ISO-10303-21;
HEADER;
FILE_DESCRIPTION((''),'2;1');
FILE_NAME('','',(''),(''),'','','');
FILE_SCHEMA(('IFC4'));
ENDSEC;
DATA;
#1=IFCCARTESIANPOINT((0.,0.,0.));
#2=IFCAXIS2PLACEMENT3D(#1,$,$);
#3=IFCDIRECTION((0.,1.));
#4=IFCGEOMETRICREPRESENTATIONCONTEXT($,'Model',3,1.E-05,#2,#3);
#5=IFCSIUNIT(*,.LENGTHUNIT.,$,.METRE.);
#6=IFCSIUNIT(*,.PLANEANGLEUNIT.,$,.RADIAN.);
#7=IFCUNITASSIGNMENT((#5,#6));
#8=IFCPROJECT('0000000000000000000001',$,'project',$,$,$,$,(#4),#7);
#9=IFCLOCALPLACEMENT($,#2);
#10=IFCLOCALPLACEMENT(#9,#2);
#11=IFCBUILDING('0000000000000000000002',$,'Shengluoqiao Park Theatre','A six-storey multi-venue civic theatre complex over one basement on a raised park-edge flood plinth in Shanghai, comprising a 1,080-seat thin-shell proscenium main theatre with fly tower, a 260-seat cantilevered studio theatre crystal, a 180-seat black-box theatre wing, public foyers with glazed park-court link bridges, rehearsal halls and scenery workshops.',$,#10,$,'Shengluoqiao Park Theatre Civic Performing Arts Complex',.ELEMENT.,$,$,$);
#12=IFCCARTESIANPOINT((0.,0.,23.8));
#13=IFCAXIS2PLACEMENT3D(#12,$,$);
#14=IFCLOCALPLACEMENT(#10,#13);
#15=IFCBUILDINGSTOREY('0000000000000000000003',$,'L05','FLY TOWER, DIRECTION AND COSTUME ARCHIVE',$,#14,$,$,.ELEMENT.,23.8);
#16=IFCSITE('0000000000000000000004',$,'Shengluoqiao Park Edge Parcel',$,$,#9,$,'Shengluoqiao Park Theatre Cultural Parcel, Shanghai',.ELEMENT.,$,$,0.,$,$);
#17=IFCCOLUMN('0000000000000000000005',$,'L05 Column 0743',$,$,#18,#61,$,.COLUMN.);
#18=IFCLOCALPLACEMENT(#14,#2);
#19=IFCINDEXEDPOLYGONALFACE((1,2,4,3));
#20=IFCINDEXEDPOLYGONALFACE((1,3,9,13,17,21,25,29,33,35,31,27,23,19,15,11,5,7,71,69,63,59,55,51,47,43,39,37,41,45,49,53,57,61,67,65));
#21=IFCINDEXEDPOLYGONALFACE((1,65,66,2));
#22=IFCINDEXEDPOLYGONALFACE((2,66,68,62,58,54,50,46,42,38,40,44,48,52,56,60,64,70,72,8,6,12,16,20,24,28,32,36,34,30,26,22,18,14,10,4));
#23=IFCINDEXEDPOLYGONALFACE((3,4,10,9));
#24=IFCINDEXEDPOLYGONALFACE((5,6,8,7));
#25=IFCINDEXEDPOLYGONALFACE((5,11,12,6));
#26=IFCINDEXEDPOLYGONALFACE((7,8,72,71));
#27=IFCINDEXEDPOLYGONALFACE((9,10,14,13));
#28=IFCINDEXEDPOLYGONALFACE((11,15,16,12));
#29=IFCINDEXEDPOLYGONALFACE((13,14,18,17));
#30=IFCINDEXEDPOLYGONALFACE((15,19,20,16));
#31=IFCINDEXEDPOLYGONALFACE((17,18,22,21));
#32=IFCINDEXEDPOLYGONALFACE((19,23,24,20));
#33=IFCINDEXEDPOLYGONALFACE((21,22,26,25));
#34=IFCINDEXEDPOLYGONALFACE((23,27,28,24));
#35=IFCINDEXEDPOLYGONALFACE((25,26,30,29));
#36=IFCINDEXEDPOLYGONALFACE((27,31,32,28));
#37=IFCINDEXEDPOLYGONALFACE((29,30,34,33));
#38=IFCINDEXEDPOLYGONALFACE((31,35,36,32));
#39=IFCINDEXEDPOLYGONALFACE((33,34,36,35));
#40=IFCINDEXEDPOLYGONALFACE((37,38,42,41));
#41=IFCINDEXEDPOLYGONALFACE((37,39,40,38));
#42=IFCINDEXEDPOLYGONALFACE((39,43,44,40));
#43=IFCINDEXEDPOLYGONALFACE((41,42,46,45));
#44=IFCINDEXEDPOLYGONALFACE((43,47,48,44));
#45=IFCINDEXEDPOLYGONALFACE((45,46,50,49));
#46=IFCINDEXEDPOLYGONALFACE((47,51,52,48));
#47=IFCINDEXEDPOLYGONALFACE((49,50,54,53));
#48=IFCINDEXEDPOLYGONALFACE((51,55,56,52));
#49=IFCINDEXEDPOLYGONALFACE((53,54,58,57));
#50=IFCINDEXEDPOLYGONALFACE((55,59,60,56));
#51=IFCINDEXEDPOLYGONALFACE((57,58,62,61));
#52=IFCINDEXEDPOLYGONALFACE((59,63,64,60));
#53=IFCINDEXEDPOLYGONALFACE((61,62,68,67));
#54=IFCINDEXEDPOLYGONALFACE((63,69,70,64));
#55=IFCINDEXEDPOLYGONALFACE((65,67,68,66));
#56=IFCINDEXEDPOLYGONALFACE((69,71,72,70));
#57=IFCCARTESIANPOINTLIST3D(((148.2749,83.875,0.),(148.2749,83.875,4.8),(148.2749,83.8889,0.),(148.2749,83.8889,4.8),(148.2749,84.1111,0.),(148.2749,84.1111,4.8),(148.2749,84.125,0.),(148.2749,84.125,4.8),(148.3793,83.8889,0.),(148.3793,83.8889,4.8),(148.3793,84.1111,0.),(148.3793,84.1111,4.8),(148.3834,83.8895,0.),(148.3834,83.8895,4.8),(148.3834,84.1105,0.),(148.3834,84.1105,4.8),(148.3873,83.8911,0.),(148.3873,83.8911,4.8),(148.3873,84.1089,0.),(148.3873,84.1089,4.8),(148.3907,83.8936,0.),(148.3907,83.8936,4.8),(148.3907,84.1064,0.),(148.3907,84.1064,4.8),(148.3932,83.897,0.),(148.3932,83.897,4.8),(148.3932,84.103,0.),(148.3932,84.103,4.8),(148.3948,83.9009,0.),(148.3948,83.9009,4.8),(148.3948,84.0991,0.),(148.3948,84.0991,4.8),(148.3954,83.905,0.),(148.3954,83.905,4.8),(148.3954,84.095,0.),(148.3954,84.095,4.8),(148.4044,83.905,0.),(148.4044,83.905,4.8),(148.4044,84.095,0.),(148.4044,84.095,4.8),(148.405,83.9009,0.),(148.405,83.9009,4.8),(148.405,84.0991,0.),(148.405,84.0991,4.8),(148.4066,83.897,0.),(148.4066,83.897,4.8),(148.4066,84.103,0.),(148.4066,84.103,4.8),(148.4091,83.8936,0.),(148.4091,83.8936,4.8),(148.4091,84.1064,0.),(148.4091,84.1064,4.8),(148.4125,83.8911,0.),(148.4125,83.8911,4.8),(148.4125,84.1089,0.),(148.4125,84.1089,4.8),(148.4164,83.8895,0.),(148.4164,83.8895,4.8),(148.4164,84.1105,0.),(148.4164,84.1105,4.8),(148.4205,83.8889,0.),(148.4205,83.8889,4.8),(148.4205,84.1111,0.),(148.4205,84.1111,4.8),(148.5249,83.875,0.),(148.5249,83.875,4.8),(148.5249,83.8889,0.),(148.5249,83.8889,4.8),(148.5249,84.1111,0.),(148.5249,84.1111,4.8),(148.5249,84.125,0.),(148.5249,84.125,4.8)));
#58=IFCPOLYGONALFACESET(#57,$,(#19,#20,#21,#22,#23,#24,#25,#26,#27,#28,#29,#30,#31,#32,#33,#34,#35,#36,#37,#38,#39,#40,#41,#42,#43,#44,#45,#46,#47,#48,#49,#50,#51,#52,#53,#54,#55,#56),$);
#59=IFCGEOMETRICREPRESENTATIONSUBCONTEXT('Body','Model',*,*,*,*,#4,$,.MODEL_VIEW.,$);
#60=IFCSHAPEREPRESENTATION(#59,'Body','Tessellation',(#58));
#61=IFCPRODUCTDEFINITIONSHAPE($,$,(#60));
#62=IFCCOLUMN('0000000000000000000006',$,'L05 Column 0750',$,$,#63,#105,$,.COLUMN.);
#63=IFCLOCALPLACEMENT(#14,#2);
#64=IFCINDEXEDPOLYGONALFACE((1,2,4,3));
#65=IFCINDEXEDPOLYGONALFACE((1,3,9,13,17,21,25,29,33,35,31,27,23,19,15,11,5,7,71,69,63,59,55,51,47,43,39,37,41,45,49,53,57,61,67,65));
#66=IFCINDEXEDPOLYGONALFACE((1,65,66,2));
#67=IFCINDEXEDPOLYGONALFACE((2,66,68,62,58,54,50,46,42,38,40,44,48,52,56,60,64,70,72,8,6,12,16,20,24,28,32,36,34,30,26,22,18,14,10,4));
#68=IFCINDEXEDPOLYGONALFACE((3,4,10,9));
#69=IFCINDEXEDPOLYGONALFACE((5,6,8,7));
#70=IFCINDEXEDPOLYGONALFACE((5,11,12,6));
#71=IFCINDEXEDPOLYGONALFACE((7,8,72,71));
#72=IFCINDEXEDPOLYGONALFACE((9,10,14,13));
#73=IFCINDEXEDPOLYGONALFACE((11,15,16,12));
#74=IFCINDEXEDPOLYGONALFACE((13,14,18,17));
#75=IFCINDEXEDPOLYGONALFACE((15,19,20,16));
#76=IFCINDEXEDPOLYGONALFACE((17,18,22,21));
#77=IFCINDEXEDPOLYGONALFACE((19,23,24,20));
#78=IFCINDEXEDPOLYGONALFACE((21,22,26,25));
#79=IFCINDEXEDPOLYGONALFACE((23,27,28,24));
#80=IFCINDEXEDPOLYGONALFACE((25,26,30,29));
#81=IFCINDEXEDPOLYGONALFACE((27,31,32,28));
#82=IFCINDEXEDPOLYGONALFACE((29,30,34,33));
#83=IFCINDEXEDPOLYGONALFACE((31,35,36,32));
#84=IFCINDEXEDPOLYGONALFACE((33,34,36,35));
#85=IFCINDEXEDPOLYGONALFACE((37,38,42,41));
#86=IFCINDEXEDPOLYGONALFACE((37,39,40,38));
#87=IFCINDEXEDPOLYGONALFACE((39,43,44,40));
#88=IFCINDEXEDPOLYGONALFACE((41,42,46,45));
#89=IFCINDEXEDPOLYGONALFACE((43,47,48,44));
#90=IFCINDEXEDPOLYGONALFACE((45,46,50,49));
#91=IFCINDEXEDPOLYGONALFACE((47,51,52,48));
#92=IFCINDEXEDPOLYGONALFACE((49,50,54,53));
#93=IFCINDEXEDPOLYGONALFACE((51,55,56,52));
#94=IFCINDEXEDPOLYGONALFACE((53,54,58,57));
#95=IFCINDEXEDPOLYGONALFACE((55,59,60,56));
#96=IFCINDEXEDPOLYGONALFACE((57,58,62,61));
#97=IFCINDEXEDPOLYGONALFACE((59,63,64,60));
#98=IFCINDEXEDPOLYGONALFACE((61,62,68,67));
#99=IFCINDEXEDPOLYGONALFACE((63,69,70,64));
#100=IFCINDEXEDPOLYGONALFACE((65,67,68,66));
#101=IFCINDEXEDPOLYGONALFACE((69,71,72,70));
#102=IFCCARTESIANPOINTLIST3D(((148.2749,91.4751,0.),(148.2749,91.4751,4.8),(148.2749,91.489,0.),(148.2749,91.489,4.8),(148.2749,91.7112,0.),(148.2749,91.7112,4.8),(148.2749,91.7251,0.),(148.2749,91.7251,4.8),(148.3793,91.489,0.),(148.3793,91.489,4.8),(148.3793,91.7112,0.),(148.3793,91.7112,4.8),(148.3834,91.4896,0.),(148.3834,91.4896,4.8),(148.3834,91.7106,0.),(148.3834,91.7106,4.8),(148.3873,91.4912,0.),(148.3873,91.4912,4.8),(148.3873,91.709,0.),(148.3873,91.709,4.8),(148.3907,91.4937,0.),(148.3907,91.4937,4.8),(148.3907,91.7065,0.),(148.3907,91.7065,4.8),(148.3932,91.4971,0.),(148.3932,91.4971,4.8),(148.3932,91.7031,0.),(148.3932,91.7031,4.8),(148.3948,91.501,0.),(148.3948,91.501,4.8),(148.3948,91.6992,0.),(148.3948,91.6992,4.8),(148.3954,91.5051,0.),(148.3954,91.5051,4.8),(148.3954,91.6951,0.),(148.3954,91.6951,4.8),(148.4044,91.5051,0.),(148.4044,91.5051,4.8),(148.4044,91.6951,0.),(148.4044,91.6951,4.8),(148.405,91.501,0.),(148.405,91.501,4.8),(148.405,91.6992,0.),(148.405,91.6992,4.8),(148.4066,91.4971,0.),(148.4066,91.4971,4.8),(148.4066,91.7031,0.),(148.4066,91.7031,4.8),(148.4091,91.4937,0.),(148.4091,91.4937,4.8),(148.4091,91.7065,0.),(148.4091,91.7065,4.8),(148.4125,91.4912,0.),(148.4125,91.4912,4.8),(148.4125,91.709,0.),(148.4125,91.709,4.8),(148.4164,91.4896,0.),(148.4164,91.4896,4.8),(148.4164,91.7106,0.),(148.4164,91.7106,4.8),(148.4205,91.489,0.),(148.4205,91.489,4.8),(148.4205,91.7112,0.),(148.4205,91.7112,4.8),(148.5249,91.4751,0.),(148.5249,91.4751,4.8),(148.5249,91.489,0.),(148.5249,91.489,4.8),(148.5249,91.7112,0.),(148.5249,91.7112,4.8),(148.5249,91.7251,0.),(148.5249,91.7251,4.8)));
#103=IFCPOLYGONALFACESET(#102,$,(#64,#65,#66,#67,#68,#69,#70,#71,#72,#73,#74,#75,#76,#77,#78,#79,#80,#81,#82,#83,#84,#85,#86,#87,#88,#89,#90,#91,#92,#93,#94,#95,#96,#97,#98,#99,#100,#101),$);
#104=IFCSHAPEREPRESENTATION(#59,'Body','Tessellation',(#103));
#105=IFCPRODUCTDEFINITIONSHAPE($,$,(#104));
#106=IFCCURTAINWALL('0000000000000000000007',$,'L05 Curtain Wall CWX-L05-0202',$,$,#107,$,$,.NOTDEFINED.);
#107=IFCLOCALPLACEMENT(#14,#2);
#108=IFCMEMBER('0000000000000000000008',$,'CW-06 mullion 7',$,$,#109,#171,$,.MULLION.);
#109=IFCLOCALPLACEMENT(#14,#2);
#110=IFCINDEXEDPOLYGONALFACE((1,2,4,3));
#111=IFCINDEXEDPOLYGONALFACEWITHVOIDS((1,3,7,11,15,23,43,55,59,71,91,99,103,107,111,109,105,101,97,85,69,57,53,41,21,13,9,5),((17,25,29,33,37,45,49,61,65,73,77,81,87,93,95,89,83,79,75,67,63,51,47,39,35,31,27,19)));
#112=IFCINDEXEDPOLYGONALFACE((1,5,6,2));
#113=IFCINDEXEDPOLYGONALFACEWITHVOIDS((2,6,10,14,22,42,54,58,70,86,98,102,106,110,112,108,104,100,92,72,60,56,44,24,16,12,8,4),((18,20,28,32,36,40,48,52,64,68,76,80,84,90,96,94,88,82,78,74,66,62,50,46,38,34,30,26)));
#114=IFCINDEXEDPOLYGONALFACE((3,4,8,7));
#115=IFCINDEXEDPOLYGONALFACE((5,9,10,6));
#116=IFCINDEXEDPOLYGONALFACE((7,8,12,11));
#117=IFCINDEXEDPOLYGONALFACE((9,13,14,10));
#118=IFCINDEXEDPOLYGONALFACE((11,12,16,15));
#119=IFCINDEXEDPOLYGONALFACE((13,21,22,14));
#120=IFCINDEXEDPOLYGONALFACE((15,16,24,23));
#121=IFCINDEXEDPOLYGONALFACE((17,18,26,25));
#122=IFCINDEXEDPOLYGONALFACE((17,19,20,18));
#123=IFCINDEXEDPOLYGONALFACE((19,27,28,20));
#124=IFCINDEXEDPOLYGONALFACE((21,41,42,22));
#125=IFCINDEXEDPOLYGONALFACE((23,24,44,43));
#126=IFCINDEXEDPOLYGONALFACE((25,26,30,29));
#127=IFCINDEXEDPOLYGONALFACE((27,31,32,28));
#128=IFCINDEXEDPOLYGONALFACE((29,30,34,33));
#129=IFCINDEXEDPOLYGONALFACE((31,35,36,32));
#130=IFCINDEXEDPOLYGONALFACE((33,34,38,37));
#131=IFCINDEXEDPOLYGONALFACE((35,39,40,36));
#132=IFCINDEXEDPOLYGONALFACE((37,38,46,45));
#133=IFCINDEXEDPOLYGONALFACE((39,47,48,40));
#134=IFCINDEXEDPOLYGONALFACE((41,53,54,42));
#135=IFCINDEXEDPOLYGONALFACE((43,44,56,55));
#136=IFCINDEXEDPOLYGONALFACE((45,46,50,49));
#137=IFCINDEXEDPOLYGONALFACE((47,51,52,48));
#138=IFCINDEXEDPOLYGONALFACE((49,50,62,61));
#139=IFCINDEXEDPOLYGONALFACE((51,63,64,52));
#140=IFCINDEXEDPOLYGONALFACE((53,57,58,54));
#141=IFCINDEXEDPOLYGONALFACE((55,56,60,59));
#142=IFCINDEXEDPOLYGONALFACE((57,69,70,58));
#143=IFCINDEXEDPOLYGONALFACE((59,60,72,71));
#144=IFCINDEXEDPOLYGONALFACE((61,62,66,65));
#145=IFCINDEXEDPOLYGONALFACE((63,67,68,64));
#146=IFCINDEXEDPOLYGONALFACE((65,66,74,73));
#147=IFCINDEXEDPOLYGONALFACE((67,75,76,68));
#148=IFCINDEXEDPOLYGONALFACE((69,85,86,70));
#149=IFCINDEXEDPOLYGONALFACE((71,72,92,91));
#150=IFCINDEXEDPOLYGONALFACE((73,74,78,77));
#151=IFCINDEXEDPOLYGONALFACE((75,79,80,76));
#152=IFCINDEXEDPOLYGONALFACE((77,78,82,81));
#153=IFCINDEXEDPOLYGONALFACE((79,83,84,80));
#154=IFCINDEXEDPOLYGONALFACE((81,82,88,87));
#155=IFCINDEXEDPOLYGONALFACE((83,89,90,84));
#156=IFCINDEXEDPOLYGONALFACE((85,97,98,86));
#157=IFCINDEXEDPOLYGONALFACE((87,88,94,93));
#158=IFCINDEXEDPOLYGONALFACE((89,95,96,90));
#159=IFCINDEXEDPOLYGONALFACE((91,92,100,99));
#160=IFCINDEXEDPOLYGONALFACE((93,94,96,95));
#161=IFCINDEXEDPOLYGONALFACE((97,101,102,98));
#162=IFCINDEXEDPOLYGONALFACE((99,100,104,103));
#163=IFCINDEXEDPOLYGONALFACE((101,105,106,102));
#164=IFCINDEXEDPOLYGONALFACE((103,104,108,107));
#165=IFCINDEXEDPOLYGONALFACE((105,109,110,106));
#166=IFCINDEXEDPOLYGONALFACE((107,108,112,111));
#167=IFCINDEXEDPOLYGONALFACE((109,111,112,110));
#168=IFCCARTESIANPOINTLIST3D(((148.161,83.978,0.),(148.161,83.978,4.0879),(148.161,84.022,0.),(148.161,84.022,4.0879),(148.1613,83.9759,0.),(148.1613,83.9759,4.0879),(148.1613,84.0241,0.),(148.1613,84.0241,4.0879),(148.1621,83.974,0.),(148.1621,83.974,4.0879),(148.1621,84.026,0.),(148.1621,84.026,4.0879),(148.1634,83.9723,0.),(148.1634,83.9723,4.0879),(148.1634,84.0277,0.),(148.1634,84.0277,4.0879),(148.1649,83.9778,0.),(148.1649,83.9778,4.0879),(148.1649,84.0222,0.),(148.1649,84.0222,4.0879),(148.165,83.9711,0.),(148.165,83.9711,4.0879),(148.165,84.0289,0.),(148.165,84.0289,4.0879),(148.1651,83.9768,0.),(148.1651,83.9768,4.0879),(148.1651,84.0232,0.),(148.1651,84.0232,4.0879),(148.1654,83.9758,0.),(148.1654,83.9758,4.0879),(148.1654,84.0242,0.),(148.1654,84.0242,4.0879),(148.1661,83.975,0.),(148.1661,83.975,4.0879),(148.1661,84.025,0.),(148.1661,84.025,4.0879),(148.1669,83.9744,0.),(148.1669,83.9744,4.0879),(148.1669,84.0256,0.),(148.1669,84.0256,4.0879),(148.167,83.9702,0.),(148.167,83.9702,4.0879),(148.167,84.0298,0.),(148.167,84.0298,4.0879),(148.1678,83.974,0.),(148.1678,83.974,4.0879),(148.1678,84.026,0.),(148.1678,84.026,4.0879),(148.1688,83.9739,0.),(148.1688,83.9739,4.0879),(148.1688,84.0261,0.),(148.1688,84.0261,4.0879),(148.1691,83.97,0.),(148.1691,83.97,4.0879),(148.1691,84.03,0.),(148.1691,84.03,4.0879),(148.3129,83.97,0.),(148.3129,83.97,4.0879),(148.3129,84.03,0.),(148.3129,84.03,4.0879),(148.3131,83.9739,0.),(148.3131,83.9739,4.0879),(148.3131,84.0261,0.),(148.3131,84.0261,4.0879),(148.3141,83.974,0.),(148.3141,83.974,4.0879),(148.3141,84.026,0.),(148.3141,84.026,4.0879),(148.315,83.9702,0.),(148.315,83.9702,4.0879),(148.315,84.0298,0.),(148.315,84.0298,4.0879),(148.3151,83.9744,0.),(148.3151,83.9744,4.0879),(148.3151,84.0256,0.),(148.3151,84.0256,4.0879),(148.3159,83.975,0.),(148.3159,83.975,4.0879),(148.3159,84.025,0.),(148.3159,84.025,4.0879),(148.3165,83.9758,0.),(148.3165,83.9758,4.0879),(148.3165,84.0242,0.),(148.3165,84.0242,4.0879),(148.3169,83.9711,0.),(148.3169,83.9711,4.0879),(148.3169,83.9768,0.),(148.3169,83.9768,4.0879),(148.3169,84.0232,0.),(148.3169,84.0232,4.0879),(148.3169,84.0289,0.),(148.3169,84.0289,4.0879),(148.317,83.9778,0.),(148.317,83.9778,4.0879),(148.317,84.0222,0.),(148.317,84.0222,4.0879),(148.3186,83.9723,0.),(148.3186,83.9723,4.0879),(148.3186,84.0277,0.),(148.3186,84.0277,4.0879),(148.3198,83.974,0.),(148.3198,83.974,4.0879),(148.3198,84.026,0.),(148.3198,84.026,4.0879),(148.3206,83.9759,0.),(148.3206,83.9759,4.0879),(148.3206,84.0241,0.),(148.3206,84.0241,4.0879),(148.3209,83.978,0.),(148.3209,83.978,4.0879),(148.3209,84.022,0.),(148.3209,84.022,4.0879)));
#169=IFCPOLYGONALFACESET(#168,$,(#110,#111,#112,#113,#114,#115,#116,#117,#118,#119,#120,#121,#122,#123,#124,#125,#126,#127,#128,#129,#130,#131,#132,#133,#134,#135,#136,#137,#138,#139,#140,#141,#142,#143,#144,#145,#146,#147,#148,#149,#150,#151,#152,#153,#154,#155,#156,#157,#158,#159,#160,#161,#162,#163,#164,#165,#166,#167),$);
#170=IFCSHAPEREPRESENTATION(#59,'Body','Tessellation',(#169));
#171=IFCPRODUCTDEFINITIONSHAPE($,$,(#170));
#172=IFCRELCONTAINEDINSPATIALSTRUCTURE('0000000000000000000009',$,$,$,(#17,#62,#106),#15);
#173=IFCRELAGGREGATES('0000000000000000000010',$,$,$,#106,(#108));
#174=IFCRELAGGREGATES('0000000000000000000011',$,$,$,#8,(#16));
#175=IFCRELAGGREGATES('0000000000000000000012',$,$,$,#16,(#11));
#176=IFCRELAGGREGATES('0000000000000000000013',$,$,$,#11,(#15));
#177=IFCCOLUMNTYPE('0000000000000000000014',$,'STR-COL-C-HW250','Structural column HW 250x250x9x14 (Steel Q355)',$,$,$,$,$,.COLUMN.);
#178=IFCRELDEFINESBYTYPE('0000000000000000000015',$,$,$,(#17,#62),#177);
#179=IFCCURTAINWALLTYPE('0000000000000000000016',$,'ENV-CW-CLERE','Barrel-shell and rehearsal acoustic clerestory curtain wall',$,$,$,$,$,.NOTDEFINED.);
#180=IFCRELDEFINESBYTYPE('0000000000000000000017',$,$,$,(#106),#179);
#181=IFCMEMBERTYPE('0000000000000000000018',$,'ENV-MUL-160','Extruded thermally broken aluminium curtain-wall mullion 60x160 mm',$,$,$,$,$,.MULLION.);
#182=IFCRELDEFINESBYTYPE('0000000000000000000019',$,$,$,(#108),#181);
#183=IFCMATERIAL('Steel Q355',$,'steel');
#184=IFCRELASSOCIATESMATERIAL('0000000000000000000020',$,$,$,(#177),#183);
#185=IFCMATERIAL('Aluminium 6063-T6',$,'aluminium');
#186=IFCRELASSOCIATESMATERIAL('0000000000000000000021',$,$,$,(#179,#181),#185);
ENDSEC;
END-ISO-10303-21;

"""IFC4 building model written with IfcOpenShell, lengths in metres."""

from ifc_helpers import new_model, si_unit, direction, frame, origin, origin_2d, place, context, subcontext, project, spatial, hollow_rectangle, i_section, extrude, material, material_profile, profile_set, type_object, element, aggregate, save


model = new_model("IFC4")

# Units and contexts
model_context = context("Model", 3, precision=1e-05, world=origin(), true_north=direction((0.0, 1.0)))
body_context = subcontext(model_context, "Body", "Model", "MODEL_VIEW")
ifc_project = project(units=[si_unit("LENGTHUNIT", "METRE"), si_unit("PLANEANGLEUNIT", "RADIAN")], contexts=[model_context])

# Site, building, storey
site_placement = place(None, origin())
site = spatial("IfcSite", under=ifc_project, at=site_placement, Name="Shengluoqiao Park Edge Parcel", LongName="Shengluoqiao Park Theatre Cultural Parcel, Shanghai", CompositionType="ELEMENT", RefElevation=0.0)
building_placement = place(site_placement, origin())
building = spatial("IfcBuilding", under=site, at=building_placement, Name="Shengluoqiao Park Theatre", Description="A six-storey multi-venue civic theatre complex over one basement on a raised park-edge flood plinth in Shanghai, comprising a 1,080-seat thin-shell proscenium main theatre with fly tower, a 260-seat cantilevered studio theatre crystal, a 180-seat black-box theatre wing, public foyers with glazed park-court link bridges, rehearsal halls and scenery workshops.", LongName="Shengluoqiao Park Theatre Civic Performing Arts Complex", CompositionType="ELEMENT")
storey_placement = place(building_placement, frame((0.0, 0.0, 23.8)))
storey = spatial("IfcBuildingStorey", under=building, at=storey_placement, Name="L05", Description="FLY TOWER, DIRECTION AND COSTUME ARCHIVE", CompositionType="ELEMENT", Elevation=23.8)

# Columns
ifc_material_1 = material(Name="Steel Q355", Category="steel")
ifc_material_profile_1 = material_profile(ifc_material_1, i_section(OverallWidth=0.25, OverallDepth=0.25, WebThickness=0.009, FlangeThickness=0.0139, FilletRadius=0.0161, at=origin_2d()), Name="HW 250x250x9x14")
ifc_profile_set_1 = profile_set([ifc_material_profile_1], Name="Steel Q355")
column_type = type_object("IfcColumnType", Name="STR-COL-C-HW250", Description="Structural column HW 250x250x9x14 (Steel Q355)", PredefinedType="COLUMN", material=ifc_profile_set_1)
for number, where, z_axis, x_axis, name in (
    (1, (148.3999, 84.0, 0.0), (0.0, 0.0, 1.0), (1.0, 0.0, 0.0), "L05 Column 0743"),
    (2, (148.3999, 91.6001, 0.0), (0.0, 0.0, 1.0), (1.0, 0.0, 0.0), "L05 Column 0750"),
):
    element("IfcColumn", number, at=place(storey_placement, frame(where, z_axis=z_axis, x_axis=x_axis)), inside=storey, type_object=column_type, Name=name, PredefinedType="COLUMN", context=body_context, shape_type="SweptSolid", body=[
        extrude(i_section(OverallWidth=0.25, OverallDepth=0.25, WebThickness=0.009, FlangeThickness=0.0139, FilletRadius=0.0161, at=origin_2d()), origin(), (0.0, 0.0, 1.0), 4.8),
    ])

# Curtain wall, member
ifc_material_2 = material(Name="Aluminium 6063-T6", Category="aluminium")
curtain_wall_type = type_object("IfcCurtainWallType", Name="ENV-CW-CLERE", Description="Barrel-shell and rehearsal acoustic clerestory curtain wall", PredefinedType="NOTDEFINED", material=ifc_material_2)
curtain_wall_placement = place(storey_placement, origin())
curtain_wall = element("IfcCurtainWall", 3, at=curtain_wall_placement, inside=storey, type_object=curtain_wall_type, Name="L05 Curtain Wall CWX-L05-0202", PredefinedType="NOTDEFINED")
ifc_material_profile_2 = material_profile(ifc_material_2, hollow_rectangle(XDim=0.0601, YDim=0.1599, WallThickness=0.0039, InnerFilletRadius=0.0039, OuterFilletRadius=0.0081, at=origin_2d()), Name="ALU MULLION 160x60x4")
ifc_profile_set_2 = profile_set([ifc_material_profile_2], Name="Aluminium 6063-T6")
member_type = type_object("IfcMemberType", Name="ENV-MUL-160", Description="Extruded thermally broken aluminium curtain-wall mullion 60x160 mm", PredefinedType="MULLION", material=ifc_profile_set_2)
member_placement = place(storey_placement, frame((148.241, 84.0, 0.0), z_axis=(0.0, 0.0, 1.0), x_axis=(0.0, 1.0, 0.0)))
member = element("IfcMember", 4, at=member_placement, type_object=member_type, Name="CW-06 mullion 7", PredefinedType="MULLION", context=body_context, shape_type="SweptSolid", body=[
    extrude(hollow_rectangle(XDim=0.0601, YDim=0.1599, WallThickness=0.0039, InnerFilletRadius=0.0039, OuterFilletRadius=0.0081, at=origin_2d()), origin(), (0.0, 0.0, 1.0), 4.0879),
])

aggregate(curtain_wall, [member])

save(model, "model.ifc")
